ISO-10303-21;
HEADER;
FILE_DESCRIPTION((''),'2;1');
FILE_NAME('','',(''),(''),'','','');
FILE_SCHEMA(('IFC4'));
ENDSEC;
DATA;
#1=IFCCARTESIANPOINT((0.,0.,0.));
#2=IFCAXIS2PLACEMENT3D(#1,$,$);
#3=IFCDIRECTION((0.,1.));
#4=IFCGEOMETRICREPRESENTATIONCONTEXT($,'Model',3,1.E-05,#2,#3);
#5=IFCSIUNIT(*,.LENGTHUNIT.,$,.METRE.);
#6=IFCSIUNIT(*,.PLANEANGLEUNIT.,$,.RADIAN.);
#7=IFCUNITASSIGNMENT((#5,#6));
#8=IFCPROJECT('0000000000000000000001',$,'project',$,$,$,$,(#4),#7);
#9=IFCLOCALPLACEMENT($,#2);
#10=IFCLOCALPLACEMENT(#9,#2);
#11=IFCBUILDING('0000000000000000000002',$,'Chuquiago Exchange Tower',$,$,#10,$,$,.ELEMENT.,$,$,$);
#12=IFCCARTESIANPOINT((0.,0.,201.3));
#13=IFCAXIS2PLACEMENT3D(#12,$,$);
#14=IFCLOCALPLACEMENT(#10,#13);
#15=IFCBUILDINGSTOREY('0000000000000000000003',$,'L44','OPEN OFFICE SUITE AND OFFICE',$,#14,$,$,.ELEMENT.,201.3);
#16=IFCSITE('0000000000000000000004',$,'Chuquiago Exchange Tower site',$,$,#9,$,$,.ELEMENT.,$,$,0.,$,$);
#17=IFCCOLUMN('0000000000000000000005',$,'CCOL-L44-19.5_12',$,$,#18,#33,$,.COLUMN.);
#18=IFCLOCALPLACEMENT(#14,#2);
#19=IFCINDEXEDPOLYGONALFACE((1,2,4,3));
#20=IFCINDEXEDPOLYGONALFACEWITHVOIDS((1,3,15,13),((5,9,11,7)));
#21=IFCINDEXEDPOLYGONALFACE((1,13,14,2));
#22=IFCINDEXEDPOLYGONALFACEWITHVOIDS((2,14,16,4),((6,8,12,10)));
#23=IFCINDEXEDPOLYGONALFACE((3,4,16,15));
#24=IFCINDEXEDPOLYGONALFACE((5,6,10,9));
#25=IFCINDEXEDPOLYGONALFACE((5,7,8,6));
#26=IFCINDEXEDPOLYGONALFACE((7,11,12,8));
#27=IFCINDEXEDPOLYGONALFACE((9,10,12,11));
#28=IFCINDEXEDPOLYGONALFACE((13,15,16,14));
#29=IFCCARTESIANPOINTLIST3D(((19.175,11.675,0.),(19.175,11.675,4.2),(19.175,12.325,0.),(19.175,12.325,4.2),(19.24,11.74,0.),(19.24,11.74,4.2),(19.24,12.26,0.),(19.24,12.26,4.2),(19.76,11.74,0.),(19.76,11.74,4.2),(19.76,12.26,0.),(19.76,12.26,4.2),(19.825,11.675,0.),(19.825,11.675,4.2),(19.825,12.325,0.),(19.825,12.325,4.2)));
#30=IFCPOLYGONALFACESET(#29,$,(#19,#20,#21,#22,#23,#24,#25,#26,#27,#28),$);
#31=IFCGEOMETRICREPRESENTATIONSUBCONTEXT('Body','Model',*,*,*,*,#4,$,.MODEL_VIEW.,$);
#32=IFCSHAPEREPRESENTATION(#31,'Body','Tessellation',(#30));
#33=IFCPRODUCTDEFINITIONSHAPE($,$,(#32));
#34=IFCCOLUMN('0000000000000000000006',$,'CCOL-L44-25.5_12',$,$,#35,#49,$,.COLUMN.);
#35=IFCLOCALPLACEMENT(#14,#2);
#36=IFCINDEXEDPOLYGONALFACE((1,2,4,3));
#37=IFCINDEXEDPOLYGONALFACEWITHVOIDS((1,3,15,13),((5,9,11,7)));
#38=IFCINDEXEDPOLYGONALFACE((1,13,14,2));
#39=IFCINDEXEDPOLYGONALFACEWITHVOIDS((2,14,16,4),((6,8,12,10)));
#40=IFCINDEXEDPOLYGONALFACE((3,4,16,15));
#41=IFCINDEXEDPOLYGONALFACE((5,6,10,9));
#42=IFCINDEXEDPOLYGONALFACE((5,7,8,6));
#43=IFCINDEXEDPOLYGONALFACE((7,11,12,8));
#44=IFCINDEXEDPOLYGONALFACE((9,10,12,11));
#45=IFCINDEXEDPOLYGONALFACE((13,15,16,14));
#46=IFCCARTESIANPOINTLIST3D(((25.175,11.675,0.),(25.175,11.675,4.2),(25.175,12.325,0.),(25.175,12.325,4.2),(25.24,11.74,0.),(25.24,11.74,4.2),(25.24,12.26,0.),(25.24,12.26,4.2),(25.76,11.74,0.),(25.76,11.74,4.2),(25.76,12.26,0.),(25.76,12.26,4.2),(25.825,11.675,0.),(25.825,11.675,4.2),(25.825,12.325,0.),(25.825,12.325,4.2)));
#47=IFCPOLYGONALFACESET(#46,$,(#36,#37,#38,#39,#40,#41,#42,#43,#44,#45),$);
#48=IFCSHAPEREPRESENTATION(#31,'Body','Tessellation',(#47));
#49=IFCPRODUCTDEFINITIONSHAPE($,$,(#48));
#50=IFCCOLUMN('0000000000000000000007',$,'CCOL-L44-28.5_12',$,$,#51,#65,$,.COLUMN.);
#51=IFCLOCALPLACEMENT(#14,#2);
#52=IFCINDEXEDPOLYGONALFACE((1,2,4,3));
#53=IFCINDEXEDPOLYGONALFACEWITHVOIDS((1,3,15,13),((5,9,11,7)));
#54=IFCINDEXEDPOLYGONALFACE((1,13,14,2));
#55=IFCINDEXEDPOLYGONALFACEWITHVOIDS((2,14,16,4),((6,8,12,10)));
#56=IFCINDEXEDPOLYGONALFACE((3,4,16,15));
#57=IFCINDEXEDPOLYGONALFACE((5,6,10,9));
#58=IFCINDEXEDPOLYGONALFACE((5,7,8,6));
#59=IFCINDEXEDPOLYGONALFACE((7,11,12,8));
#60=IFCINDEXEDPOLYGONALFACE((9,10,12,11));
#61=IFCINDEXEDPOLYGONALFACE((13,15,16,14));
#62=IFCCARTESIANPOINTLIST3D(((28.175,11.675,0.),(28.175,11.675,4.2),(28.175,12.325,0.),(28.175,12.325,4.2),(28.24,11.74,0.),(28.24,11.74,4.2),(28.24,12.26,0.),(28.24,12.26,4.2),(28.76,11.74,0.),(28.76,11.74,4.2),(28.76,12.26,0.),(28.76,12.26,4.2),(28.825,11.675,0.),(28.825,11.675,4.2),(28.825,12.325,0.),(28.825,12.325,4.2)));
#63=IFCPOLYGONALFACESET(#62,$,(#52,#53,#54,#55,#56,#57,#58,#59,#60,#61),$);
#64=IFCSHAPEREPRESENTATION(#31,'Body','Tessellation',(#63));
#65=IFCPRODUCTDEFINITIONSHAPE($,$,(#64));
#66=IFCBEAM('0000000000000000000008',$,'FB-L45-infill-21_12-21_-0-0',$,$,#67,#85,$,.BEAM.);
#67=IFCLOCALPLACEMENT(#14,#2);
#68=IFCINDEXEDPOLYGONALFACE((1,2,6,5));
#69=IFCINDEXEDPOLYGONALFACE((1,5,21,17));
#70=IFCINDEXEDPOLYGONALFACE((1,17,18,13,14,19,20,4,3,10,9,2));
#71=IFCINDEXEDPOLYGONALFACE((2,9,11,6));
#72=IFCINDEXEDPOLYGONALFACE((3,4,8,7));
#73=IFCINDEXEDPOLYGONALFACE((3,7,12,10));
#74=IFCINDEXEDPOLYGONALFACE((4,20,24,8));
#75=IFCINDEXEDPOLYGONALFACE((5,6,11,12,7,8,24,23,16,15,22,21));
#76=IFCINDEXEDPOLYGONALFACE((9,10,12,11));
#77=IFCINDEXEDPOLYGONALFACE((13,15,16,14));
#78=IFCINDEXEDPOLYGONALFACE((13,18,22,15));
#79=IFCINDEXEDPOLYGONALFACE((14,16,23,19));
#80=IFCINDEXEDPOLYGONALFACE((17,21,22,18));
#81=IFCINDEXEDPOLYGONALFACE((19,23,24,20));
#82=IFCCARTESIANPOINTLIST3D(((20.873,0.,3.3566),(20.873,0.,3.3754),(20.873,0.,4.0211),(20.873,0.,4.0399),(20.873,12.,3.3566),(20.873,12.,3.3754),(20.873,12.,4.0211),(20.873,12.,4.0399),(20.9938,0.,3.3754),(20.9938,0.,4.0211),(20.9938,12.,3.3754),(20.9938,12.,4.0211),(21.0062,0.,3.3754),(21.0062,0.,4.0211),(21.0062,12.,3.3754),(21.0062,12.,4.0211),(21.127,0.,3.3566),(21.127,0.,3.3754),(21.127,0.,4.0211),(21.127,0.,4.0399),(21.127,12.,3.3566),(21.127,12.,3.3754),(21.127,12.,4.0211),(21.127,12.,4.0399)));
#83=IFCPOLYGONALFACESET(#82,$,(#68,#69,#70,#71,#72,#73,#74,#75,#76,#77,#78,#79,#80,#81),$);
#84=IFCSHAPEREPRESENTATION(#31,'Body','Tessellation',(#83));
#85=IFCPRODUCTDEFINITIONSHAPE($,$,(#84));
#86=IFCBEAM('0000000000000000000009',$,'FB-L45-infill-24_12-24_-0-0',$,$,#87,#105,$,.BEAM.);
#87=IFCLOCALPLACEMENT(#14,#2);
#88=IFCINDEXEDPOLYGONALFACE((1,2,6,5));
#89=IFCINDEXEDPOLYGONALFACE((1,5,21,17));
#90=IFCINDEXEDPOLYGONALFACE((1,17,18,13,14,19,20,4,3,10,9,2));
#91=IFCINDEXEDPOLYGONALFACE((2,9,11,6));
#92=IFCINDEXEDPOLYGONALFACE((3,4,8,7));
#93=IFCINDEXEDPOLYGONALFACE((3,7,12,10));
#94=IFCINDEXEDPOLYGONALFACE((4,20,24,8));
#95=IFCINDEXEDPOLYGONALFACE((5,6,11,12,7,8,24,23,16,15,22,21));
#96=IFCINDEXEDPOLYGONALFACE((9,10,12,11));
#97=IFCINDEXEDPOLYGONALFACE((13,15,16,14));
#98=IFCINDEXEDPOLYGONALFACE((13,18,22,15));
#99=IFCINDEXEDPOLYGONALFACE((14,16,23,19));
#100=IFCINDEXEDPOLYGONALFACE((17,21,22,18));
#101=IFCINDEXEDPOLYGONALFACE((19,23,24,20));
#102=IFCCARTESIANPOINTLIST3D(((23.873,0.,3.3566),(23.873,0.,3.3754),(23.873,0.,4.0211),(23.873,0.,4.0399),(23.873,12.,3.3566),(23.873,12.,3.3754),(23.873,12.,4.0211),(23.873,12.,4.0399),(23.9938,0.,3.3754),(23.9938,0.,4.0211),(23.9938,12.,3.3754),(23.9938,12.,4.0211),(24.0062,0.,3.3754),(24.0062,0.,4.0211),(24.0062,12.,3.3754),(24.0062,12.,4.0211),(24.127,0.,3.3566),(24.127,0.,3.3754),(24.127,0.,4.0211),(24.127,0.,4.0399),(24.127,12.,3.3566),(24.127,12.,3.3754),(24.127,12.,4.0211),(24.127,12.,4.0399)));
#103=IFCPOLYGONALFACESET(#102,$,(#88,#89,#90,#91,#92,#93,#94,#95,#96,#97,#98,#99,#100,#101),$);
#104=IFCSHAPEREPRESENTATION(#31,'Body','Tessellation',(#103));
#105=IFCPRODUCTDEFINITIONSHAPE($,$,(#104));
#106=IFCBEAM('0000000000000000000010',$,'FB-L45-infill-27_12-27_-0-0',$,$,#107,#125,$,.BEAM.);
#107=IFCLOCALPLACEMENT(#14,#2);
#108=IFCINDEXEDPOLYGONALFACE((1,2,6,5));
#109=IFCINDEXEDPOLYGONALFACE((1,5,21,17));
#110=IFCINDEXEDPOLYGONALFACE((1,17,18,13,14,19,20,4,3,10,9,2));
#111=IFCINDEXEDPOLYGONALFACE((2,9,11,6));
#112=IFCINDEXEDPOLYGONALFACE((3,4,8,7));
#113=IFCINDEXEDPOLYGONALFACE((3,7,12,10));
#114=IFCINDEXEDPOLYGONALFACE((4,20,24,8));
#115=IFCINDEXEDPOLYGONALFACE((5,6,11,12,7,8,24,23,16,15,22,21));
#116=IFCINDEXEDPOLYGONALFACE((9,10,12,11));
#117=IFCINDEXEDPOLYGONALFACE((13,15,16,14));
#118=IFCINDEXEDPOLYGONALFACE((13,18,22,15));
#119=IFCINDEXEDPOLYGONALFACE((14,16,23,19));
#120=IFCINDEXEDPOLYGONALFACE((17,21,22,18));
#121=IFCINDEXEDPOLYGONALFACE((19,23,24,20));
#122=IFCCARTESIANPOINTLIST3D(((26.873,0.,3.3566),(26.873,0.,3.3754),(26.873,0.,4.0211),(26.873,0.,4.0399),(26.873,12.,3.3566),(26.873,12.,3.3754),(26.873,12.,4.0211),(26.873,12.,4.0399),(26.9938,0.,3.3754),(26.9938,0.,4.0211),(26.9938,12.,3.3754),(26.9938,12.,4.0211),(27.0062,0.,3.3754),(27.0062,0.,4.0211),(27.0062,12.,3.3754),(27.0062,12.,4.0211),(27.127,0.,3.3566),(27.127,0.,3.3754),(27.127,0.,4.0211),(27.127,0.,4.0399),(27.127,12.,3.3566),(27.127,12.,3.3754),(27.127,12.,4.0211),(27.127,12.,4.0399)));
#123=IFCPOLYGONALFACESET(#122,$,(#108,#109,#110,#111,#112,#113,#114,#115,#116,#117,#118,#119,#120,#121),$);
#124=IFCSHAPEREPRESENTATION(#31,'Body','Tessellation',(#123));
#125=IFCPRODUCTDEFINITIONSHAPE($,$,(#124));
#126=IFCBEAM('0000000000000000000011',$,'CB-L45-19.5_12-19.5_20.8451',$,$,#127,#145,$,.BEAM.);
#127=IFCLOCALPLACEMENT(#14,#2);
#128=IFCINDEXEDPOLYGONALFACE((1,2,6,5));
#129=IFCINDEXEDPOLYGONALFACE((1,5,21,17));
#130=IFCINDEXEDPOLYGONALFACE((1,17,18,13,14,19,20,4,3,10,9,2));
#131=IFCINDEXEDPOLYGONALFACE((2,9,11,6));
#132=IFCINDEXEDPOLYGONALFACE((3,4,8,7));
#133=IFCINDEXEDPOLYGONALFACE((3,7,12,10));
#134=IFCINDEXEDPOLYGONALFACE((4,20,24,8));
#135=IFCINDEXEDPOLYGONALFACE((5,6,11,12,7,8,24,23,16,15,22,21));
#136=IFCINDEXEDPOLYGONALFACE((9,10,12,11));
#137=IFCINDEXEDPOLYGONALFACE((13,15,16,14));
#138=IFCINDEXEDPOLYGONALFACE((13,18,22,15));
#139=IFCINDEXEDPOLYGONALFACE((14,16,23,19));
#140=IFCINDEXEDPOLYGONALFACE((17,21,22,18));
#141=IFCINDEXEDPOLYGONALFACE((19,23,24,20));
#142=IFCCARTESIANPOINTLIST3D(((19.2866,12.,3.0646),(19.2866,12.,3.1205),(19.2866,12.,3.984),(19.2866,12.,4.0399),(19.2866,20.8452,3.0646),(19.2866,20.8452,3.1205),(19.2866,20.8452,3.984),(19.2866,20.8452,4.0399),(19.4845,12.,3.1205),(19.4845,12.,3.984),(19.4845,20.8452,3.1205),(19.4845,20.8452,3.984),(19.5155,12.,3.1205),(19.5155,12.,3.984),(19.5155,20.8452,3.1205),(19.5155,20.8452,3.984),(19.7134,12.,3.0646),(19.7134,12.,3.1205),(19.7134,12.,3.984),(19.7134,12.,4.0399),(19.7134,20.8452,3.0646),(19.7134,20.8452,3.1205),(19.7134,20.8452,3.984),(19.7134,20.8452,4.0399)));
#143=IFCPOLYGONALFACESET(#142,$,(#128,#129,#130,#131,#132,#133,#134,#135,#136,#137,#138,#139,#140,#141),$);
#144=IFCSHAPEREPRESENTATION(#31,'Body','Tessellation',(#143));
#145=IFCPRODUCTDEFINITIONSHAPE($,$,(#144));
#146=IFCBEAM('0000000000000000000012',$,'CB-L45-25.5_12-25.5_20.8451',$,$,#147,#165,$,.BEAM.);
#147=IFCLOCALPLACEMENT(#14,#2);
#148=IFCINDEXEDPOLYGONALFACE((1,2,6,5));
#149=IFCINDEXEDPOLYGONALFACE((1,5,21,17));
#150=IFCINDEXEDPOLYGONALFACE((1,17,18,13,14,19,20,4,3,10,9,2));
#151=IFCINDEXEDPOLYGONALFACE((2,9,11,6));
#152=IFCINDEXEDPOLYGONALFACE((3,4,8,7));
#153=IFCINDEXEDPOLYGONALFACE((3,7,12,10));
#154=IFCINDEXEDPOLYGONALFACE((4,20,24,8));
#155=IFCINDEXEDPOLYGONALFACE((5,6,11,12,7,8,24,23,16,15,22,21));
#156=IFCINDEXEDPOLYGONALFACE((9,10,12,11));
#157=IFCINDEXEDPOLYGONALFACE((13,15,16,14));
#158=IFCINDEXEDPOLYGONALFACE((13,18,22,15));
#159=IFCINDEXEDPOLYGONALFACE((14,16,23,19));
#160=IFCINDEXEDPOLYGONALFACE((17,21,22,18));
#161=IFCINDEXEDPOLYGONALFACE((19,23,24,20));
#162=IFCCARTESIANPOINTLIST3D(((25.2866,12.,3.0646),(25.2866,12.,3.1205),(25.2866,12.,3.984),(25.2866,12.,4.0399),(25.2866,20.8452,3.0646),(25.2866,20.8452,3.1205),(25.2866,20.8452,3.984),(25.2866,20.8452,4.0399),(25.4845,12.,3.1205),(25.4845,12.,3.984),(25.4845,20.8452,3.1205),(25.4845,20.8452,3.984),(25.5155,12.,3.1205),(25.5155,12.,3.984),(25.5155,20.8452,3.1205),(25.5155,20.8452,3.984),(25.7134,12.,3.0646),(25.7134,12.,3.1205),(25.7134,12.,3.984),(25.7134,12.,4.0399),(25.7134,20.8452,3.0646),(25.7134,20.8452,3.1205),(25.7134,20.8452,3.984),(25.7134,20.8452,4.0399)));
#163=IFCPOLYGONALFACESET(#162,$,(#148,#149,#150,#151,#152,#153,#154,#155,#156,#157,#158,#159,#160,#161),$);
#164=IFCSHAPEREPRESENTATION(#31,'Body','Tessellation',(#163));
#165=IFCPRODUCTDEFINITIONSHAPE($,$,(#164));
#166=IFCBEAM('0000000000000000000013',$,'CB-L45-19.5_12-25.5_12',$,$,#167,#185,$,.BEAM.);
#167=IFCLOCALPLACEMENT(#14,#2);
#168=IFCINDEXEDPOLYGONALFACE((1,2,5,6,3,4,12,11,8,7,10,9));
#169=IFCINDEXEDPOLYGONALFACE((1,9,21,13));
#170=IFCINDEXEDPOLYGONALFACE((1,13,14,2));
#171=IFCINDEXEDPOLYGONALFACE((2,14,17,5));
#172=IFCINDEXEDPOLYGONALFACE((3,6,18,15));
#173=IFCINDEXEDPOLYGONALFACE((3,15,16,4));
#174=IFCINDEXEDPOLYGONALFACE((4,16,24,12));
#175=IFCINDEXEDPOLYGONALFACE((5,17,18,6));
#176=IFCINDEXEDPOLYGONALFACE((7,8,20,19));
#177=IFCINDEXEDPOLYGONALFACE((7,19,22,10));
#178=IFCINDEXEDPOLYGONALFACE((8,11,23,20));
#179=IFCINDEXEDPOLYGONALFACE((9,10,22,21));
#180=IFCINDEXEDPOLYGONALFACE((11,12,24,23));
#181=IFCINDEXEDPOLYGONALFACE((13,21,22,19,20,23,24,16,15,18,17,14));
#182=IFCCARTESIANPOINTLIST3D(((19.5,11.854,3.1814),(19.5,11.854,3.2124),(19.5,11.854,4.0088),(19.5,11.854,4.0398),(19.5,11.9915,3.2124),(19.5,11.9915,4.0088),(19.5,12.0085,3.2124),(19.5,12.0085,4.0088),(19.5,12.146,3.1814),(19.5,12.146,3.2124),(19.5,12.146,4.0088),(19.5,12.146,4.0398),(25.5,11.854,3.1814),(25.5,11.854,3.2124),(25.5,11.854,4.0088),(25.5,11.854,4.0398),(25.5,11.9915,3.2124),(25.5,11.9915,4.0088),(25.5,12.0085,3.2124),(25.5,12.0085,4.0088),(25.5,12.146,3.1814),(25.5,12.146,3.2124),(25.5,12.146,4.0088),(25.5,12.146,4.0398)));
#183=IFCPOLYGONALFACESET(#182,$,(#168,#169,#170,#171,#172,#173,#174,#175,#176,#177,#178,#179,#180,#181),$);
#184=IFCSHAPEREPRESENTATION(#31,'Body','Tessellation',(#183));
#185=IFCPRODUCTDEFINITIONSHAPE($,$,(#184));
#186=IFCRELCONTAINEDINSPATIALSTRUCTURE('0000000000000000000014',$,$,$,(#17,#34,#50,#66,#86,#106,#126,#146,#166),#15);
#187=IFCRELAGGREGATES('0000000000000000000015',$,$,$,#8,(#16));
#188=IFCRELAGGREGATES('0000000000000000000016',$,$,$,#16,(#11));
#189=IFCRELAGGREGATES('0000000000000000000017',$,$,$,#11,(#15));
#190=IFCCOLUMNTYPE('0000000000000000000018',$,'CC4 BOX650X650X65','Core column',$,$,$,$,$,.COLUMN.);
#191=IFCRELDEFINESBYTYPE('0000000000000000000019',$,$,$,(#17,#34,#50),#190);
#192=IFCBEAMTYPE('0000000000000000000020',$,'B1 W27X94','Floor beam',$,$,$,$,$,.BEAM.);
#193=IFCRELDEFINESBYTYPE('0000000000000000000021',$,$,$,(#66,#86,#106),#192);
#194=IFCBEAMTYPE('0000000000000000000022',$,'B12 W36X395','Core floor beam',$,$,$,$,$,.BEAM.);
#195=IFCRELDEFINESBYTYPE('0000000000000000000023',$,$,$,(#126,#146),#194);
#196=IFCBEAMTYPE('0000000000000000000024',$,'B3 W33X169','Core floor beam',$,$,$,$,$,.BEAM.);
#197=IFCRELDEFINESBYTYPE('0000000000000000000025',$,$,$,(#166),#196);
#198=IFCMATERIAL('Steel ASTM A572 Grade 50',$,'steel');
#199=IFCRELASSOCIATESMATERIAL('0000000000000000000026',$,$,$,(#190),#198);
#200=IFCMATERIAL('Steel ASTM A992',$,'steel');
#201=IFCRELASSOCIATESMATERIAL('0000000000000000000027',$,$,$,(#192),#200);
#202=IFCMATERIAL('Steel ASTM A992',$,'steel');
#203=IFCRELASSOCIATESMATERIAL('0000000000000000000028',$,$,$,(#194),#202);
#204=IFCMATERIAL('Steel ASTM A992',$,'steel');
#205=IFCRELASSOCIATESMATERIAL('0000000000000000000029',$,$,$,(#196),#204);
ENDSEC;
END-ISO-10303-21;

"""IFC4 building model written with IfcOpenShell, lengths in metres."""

from ifc_helpers import new_model, si_unit, direction, frame, origin, origin_2d, place, context, subcontext, project, spatial, hollow_rectangle, i_section, extrude, material, material_profile, profile_set, type_object, element, save


model = new_model("IFC4")

# Units and contexts
model_context = context("Model", 3, precision=1e-05, world=origin(), true_north=direction((0.0, 1.0)))
body_context = subcontext(model_context, "Body", "Model", "MODEL_VIEW")
ifc_project = project(units=[si_unit("LENGTHUNIT", "METRE"), si_unit("PLANEANGLEUNIT", "RADIAN")], contexts=[model_context])

# Site, building, storey
site_placement = place(None, origin())
site = spatial("IfcSite", under=ifc_project, at=site_placement, Name="Chuquiago Exchange Tower site", CompositionType="ELEMENT", RefElevation=0.0)
building_placement = place(site_placement, origin())
building = spatial("IfcBuilding", under=site, at=building_placement, Name="Chuquiago Exchange Tower", CompositionType="ELEMENT")
storey_placement = place(building_placement, frame((0.0, 0.0, 201.3)))
storey = spatial("IfcBuildingStorey", under=building, at=storey_placement, Name="L44", Description="OPEN OFFICE SUITE AND OFFICE", CompositionType="ELEMENT", Elevation=201.3)

# Columns
ifc_material_1 = material(Name="Steel ASTM A572 Grade 50", Category="steel")
ifc_material_profile_1 = material_profile(ifc_material_1, hollow_rectangle(XDim=0.6499, YDim=0.6499, WallThickness=0.0649, at=origin_2d()), Name="BOX650X650X65")
ifc_profile_set_1 = profile_set([ifc_material_profile_1], Name="Steel ASTM A572 Grade 50")
column_type = type_object("IfcColumnType", Name="CC4 BOX650X650X65", Description="Core column", PredefinedType="COLUMN", material=ifc_profile_set_1)
for number, where, z_axis, x_axis, name in (
    (1, (19.5, 12.0, 0.0), (0.0, 0.0, 1.0), (1.0, 0.0, 0.0), "CCOL-L44-19.5_12"),
    (2, (25.5, 12.0, 0.0), (0.0, 0.0, 1.0), (1.0, 0.0, 0.0), "CCOL-L44-25.5_12"),
    (3, (28.5, 12.0, 0.0), (0.0, 0.0, 1.0), (1.0, 0.0, 0.0), "CCOL-L44-28.5_12"),
):
    element("IfcColumn", number, at=place(storey_placement, frame(where, z_axis=z_axis, x_axis=x_axis)), inside=storey, type_object=column_type, Name=name, PredefinedType="COLUMN", context=body_context, shape_type="SweptSolid", body=[
        extrude(hollow_rectangle(XDim=0.6499, YDim=0.6499, WallThickness=0.0649, at=origin_2d()), origin(), (0.0, 0.0, 1.0), 4.2),
    ])

# Beams
ifc_material_2 = material(Name="Steel ASTM A992", Category="steel")
ifc_material_profile_2 = material_profile(ifc_material_2, i_section(OverallWidth=0.2539, OverallDepth=0.6833, WebThickness=0.0125, FlangeThickness=0.0188, at=origin_2d()), Name="W27X94")
ifc_profile_set_2 = profile_set([ifc_material_profile_2], Name="Steel ASTM A992")
beam_type_1 = type_object("IfcBeamType", Name="B1 W27X94", Description="Floor beam", PredefinedType="BEAM", material=ifc_profile_set_2)
for number, where, z_axis, x_axis, name in (
    (4, (21.0, 12.0, 3.6982), (0.0, -1.0, 0.0), (1.0, 0.0, 0.0), "FB-L45-infill-21_12-21_-0-0"),
    (5, (24.0, 12.0, 3.6982), (0.0, -1.0, 0.0), (1.0, 0.0, 0.0), "FB-L45-infill-24_12-24_-0-0"),
    (6, (27.0, 12.0, 3.6982), (0.0, -1.0, 0.0), (1.0, 0.0, 0.0), "FB-L45-infill-27_12-27_-0-0"),
):
    element("IfcBeam", number, at=place(storey_placement, frame(where, z_axis=z_axis, x_axis=x_axis)), inside=storey, type_object=beam_type_1, Name=name, PredefinedType="BEAM", context=body_context, shape_type="SweptSolid", body=[
        extrude(i_section(OverallWidth=0.2539, OverallDepth=0.6833, WebThickness=0.0125, FlangeThickness=0.0188, at=origin_2d()), origin(), (0.0, 0.0, 1.0), 12.0),
    ])
ifc_material_3 = material(Name="Steel ASTM A992", Category="steel")
ifc_material_profile_3 = material_profile(ifc_material_3, i_section(OverallWidth=0.4268, OverallDepth=0.9753, WebThickness=0.031, FlangeThickness=0.0559, at=origin_2d()), Name="W36X395")
ifc_profile_set_3 = profile_set([ifc_material_profile_3], Name="Steel ASTM A992")
beam_type_2 = type_object("IfcBeamType", Name="B12 W36X395", Description="Core floor beam", PredefinedType="BEAM", material=ifc_profile_set_3)
for number, where, z_axis, x_axis, name in (
    (7, (19.5, 12.0, 3.5522), (0.0, 1.0, 0.0), (-1.0, 0.0, 0.0), "CB-L45-19.5_12-19.5_20.8451"),
    (8, (25.5, 12.0, 3.5522), (0.0, 1.0, 0.0), (-1.0, 0.0, 0.0), "CB-L45-25.5_12-25.5_20.8451"),
):
    element("IfcBeam", number, at=place(storey_placement, frame(where, z_axis=z_axis, x_axis=x_axis)), inside=storey, type_object=beam_type_2, Name=name, PredefinedType="BEAM", context=body_context, shape_type="SweptSolid", body=[
        extrude(i_section(OverallWidth=0.4268, OverallDepth=0.9753, WebThickness=0.031, FlangeThickness=0.0559, at=origin_2d()), origin(), (0.0, 0.0, 1.0), 8.8452),
    ])
ifc_material_4 = material(Name="Steel ASTM A992", Category="steel")
ifc_material_profile_4 = material_profile(ifc_material_4, i_section(OverallWidth=0.292, OverallDepth=0.8584, WebThickness=0.0171, FlangeThickness=0.031, at=origin_2d()), Name="W33X169")
ifc_profile_set_4 = profile_set([ifc_material_profile_4], Name="Steel ASTM A992")
beam_type_3 = type_object("IfcBeamType", Name="B3 W33X169", Description="Core floor beam", PredefinedType="BEAM", material=ifc_profile_set_4)
beam_1_placement = place(storey_placement, frame((19.5, 12.0, 3.6106), z_axis=(1.0, 0.0, 0.0), x_axis=(0.0, 1.0, 0.0)))
element("IfcBeam", 9, at=beam_1_placement, inside=storey, type_object=beam_type_3, Name="CB-L45-19.5_12-25.5_12", PredefinedType="BEAM", context=body_context, shape_type="SweptSolid", body=[
    extrude(i_section(OverallWidth=0.292, OverallDepth=0.8584, WebThickness=0.0171, FlangeThickness=0.031, at=origin_2d()), origin(), (0.0, 0.0, 1.0), 6.0),
])

save(model, "model.ifc")
